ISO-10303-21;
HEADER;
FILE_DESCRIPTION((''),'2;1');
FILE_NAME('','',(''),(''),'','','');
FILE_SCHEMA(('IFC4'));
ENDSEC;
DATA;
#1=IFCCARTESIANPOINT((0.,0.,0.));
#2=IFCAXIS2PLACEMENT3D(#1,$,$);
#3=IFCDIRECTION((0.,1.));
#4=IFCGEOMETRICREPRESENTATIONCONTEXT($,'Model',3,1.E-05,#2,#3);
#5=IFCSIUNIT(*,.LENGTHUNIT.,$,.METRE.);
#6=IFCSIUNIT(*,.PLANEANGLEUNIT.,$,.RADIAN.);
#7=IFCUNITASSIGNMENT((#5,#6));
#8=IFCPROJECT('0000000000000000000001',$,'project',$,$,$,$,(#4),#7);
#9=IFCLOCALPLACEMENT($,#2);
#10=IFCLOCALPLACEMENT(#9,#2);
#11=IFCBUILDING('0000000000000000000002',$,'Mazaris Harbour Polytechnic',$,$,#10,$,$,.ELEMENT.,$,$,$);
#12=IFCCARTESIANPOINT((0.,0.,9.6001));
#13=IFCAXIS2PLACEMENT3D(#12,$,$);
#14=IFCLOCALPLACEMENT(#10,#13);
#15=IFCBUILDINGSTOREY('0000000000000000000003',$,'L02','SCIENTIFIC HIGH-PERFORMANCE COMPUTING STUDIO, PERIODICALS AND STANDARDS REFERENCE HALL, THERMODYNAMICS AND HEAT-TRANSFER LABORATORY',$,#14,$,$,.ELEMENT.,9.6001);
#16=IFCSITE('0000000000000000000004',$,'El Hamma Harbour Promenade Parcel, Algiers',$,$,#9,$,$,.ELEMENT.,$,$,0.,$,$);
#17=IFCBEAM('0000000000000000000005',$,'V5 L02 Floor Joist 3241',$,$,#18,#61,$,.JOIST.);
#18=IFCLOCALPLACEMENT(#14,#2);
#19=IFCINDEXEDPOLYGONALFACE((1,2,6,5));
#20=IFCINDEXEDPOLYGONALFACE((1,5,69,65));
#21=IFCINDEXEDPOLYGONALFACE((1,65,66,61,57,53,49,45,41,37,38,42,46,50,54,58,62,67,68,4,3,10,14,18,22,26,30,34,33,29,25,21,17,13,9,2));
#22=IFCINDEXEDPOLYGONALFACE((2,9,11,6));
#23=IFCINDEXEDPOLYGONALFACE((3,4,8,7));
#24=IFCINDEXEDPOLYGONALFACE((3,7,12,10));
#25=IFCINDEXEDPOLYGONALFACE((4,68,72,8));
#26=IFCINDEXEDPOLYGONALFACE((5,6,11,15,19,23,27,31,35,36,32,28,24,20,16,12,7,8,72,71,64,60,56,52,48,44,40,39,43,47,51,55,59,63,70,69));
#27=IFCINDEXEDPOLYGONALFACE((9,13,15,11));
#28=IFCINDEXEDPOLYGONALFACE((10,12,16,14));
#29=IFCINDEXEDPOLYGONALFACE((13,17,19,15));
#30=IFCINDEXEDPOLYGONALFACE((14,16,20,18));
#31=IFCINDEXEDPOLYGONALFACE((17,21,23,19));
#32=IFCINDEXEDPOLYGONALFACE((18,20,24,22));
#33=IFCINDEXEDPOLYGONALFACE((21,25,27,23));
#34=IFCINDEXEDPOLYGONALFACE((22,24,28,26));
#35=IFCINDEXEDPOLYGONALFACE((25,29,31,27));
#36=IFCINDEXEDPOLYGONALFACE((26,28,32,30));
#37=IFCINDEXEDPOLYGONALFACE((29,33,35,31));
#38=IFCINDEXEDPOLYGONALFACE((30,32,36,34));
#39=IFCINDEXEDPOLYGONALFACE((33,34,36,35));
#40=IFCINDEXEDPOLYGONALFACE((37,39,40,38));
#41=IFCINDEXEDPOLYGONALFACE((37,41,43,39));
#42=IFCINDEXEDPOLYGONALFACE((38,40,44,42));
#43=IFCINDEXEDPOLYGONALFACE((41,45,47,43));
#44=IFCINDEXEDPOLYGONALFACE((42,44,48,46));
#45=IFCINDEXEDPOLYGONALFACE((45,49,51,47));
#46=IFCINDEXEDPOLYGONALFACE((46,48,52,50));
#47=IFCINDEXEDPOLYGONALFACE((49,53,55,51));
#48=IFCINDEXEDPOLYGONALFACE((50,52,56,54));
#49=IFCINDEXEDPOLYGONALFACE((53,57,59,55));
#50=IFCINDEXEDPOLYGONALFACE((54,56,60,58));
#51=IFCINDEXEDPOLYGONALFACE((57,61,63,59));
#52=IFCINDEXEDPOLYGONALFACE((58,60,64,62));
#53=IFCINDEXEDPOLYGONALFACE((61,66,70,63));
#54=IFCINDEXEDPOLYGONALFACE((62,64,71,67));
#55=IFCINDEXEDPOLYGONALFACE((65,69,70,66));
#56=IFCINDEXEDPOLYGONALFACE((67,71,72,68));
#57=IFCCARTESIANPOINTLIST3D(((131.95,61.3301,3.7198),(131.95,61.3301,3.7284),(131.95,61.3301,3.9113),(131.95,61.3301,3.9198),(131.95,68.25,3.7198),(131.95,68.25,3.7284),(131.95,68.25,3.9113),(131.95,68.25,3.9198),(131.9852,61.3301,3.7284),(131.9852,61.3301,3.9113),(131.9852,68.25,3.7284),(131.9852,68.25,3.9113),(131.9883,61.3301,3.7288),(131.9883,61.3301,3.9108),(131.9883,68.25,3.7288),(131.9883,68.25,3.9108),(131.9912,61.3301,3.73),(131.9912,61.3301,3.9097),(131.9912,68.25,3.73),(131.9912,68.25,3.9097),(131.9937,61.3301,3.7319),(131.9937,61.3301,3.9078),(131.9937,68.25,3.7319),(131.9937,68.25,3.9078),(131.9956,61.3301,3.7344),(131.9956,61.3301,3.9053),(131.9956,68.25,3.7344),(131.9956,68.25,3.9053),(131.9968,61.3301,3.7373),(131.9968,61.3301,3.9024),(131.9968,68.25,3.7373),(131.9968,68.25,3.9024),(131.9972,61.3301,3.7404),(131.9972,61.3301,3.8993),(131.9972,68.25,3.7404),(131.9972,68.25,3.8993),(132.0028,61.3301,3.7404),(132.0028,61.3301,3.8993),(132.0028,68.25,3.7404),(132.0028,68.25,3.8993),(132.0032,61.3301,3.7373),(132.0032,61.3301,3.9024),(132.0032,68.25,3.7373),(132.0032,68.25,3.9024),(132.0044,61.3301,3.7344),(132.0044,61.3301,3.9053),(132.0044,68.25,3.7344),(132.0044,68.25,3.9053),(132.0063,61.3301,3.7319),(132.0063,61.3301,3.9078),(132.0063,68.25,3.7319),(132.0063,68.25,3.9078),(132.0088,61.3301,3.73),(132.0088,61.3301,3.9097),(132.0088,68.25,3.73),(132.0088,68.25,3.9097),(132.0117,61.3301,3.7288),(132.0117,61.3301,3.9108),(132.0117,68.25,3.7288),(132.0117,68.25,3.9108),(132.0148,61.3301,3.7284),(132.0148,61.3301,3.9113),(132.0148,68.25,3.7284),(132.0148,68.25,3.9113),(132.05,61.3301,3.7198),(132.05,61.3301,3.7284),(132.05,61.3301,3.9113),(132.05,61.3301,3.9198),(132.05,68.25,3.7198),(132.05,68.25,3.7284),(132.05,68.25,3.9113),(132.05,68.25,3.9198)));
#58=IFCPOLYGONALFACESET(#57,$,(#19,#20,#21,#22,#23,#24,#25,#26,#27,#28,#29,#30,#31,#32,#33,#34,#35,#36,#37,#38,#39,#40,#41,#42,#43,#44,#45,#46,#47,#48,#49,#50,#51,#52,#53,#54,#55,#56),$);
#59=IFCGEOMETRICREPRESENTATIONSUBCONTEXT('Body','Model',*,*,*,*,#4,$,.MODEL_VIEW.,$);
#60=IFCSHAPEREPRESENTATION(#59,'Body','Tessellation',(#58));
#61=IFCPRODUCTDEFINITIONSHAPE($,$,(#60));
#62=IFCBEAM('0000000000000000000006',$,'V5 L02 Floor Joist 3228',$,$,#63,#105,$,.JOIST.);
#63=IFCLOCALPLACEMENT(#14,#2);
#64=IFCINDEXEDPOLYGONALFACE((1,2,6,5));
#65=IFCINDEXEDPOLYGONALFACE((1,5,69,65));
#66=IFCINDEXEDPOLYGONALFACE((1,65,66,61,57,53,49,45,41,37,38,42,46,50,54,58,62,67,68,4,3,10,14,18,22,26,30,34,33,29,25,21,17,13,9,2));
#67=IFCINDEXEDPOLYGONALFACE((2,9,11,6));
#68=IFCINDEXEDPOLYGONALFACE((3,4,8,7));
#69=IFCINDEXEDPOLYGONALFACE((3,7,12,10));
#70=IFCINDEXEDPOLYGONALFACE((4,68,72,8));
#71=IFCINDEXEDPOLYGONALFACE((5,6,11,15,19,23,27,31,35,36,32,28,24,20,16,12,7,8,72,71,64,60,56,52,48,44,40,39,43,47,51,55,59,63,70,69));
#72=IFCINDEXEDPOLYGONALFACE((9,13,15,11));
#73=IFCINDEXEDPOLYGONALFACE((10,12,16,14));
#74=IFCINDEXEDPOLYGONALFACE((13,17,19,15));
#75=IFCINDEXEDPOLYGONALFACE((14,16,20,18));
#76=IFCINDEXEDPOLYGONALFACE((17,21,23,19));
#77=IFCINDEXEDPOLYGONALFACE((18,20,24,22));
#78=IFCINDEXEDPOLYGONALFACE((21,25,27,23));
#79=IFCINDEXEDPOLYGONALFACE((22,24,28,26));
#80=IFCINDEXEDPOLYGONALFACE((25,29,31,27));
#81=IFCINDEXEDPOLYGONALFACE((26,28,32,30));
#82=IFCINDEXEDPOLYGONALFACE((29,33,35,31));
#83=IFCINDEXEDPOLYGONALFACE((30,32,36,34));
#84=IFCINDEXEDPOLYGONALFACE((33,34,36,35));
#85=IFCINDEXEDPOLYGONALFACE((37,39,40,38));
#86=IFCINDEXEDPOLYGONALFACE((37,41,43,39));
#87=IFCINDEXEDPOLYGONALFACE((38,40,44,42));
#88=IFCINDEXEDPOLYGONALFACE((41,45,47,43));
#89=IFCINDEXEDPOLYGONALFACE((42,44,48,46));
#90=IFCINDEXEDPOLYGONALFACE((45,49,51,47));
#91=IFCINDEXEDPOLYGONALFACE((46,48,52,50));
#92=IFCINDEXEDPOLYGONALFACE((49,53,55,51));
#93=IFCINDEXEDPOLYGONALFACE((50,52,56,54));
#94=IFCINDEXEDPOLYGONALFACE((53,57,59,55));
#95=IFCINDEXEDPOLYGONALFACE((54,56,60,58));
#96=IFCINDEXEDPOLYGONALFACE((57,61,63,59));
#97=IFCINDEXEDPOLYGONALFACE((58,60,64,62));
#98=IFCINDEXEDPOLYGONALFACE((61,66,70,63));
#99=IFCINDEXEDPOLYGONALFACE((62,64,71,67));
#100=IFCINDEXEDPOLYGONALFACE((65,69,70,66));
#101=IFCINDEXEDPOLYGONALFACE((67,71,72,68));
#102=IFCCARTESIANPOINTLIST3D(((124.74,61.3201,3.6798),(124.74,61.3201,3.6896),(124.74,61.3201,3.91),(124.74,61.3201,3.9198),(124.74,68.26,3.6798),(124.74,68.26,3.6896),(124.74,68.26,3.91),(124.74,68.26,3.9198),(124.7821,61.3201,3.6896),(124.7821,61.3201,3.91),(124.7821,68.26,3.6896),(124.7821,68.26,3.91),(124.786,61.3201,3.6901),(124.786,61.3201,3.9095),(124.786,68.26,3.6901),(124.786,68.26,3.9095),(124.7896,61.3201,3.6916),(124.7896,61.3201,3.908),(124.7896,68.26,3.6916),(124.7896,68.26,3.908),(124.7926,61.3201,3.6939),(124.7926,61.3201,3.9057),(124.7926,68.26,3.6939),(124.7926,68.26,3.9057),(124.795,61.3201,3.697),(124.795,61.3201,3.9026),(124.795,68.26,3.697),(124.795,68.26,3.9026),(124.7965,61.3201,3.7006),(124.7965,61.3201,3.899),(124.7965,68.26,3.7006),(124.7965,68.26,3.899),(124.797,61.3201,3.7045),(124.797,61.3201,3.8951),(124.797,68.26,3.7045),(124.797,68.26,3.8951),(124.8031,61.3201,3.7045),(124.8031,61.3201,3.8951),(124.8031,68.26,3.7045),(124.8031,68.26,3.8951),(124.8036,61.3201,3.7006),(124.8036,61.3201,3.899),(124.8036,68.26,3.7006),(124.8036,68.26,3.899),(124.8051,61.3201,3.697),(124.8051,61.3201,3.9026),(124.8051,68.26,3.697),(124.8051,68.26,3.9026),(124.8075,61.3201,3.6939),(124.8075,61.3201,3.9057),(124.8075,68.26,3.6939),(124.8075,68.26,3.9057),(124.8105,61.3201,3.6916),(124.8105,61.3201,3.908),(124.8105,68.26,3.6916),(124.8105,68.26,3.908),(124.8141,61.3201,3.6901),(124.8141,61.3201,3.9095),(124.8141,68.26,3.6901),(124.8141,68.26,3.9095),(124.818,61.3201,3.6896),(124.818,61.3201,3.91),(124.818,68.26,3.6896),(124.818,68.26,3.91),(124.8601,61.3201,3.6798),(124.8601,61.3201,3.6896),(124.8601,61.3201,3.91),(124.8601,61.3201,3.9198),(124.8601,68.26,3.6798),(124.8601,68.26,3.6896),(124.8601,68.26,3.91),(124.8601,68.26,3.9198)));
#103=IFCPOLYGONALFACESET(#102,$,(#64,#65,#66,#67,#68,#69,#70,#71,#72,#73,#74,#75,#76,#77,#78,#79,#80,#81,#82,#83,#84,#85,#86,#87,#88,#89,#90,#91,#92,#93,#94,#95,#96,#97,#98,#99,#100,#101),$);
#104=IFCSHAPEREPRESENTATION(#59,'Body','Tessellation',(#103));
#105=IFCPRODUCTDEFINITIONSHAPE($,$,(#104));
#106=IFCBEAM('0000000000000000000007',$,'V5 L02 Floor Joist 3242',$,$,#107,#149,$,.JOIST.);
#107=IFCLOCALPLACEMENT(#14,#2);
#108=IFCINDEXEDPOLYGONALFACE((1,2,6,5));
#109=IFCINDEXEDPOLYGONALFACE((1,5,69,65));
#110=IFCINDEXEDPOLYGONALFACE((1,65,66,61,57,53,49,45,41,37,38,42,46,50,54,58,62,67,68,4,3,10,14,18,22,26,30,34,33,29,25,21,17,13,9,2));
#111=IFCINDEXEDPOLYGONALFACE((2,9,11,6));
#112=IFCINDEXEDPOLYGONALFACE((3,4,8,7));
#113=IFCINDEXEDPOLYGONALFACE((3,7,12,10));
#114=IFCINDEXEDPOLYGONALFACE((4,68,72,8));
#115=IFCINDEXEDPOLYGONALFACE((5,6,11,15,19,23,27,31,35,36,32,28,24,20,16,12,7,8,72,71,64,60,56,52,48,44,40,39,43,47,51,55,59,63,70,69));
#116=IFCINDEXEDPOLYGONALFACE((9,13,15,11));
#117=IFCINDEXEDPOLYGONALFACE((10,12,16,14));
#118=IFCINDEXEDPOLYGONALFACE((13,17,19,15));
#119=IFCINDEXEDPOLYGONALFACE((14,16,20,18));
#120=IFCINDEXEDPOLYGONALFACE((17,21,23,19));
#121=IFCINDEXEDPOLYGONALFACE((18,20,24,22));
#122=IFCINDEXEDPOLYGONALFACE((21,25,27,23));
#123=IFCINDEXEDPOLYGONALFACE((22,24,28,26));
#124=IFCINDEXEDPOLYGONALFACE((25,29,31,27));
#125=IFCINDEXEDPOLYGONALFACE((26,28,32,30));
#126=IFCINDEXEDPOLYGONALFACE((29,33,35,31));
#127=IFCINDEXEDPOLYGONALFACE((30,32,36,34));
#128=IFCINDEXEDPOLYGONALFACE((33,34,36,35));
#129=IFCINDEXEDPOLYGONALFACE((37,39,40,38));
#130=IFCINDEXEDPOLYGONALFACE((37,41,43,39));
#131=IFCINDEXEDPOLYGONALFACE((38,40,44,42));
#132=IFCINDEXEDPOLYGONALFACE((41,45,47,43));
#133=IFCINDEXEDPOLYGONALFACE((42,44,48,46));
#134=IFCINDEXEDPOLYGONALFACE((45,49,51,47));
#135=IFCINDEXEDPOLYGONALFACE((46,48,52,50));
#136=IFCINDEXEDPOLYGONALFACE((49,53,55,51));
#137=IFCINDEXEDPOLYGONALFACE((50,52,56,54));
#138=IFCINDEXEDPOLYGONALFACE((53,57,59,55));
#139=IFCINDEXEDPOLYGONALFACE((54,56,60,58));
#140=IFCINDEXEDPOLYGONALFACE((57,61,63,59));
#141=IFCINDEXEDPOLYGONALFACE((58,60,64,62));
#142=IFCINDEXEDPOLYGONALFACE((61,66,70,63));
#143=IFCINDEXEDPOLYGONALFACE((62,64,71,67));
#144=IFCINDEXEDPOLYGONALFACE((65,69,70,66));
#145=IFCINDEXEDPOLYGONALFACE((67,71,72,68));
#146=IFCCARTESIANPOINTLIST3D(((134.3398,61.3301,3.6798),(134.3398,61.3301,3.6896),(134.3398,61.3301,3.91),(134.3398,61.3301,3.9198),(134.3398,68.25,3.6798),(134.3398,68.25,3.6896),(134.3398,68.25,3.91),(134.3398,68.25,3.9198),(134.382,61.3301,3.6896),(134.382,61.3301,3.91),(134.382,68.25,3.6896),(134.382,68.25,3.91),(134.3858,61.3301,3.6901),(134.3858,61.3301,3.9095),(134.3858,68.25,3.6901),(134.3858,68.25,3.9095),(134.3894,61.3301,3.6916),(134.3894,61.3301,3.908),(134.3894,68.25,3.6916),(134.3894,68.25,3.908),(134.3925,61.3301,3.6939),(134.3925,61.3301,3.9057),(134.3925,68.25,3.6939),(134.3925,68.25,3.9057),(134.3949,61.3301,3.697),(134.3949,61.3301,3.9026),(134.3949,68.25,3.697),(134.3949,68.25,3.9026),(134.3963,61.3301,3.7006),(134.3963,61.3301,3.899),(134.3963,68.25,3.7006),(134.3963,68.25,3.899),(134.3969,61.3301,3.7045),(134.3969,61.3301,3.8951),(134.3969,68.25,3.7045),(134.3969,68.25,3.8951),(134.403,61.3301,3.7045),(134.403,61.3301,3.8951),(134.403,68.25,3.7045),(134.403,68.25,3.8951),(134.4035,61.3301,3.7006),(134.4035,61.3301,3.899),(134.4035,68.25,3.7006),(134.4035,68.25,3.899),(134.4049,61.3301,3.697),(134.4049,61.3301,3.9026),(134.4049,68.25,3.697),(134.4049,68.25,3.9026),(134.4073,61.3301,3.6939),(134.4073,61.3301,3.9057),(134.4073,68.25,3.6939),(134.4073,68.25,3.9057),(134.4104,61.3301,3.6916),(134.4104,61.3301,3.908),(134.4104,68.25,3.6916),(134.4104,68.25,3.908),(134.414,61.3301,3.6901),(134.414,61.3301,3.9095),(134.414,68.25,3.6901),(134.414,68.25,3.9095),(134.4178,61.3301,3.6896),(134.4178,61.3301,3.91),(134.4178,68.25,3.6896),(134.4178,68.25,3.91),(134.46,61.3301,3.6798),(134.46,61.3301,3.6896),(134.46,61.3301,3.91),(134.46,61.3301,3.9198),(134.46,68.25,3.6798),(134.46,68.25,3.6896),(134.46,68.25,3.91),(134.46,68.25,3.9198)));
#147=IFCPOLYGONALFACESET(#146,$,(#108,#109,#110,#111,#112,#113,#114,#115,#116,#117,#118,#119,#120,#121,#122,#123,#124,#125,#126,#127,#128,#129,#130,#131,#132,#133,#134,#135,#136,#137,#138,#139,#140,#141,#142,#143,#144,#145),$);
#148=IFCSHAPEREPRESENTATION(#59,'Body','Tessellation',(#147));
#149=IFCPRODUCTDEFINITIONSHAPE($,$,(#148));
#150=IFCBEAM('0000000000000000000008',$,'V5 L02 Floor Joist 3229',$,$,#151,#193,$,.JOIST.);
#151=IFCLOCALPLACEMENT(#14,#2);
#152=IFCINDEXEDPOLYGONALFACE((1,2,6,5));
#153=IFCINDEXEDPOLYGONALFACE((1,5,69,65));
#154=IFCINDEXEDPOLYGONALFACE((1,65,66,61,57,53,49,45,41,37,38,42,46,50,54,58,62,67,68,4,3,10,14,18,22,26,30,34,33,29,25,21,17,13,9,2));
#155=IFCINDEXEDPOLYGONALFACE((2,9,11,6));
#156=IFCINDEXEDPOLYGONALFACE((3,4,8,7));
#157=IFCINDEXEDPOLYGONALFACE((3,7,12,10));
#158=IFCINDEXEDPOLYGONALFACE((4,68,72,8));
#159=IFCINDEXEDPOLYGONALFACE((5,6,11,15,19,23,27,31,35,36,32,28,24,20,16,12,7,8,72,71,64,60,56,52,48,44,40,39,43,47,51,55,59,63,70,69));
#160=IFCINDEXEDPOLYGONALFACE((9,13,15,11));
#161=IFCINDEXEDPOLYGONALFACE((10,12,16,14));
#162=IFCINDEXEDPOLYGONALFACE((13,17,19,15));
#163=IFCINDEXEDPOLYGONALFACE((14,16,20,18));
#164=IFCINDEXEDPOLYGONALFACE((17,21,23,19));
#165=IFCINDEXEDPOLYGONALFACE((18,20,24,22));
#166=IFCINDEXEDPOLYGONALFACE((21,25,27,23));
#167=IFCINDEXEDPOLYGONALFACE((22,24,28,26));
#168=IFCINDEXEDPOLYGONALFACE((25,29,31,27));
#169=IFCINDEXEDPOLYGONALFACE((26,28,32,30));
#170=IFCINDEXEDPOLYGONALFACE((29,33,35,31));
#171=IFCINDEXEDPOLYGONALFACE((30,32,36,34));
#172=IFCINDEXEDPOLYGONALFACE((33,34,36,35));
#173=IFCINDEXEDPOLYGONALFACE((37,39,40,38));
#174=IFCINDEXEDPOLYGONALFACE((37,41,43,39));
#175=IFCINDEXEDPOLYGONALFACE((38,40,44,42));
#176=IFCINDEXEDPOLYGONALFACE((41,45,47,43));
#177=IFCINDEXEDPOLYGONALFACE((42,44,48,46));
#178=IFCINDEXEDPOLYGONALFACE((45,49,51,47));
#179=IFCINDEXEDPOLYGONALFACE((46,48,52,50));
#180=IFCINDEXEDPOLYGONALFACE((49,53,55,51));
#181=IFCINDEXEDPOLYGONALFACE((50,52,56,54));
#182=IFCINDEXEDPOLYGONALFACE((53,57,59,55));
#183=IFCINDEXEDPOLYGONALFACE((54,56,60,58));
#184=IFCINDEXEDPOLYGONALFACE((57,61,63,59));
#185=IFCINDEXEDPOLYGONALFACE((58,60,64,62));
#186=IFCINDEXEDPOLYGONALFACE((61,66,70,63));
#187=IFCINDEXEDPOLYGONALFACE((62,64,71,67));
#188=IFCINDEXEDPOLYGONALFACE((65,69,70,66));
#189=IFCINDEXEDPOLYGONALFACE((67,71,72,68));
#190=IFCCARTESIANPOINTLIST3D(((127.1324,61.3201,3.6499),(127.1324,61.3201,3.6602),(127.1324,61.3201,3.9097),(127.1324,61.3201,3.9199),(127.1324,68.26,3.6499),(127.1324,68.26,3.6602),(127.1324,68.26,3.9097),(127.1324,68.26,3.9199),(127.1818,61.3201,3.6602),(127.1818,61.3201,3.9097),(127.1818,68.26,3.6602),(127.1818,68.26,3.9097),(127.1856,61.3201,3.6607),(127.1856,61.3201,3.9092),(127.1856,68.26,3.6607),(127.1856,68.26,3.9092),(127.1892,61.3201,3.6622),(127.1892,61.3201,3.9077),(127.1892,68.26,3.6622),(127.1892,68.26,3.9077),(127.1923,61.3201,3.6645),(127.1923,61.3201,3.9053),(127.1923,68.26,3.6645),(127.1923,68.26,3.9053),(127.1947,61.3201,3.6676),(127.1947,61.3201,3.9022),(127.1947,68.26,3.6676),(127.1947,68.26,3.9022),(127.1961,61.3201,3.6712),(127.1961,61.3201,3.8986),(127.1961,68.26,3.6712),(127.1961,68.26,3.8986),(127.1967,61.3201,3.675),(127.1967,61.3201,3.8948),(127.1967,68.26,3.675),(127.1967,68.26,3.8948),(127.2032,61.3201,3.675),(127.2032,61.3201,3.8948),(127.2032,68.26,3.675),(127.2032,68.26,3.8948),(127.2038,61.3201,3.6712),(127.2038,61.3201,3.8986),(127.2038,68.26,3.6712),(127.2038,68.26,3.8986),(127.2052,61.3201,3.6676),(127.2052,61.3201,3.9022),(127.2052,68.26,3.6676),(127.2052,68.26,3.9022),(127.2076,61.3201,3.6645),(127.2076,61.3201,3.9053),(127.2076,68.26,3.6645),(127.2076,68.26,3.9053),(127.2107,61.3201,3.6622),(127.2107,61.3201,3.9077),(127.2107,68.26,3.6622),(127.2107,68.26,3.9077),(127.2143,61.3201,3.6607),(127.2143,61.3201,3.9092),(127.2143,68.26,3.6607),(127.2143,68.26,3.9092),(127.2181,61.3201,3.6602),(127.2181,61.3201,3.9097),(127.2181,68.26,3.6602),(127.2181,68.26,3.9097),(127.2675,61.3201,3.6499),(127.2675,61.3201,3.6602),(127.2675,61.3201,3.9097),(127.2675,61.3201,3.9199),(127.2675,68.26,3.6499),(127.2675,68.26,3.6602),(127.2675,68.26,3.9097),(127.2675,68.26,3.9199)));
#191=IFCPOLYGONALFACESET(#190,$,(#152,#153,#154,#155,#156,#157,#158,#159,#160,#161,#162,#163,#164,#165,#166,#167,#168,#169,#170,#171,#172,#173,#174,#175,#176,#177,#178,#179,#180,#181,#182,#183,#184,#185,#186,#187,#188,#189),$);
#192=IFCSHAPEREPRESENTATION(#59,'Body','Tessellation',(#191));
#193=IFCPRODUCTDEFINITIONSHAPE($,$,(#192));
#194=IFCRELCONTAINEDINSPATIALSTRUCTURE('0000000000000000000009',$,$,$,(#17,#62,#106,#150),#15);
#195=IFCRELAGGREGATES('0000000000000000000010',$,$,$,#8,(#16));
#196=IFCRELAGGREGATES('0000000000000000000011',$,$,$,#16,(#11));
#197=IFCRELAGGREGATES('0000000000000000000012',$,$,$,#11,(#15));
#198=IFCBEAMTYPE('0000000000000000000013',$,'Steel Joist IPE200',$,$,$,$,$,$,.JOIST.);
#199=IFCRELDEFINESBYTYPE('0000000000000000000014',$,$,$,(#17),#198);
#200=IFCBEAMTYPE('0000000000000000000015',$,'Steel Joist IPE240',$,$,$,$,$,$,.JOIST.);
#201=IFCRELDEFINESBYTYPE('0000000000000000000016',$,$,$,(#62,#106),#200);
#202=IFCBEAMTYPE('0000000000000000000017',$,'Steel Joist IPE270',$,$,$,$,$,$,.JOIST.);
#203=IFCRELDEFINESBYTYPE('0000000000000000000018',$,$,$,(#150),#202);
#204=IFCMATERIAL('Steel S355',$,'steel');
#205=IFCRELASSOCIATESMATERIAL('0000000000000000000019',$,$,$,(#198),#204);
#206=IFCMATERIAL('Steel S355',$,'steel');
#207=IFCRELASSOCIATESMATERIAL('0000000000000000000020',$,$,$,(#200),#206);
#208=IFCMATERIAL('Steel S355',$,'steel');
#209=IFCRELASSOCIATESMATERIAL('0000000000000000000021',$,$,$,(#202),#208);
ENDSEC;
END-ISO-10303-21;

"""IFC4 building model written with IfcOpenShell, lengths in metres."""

from ifc_helpers import new_model, si_unit, direction, frame, origin, origin_2d, place, context, subcontext, project, spatial, i_section, extrude, material, material_profile, profile_set, type_object, element, save


model = new_model("IFC4")

# Units and contexts
model_context = context("Model", 3, precision=1e-05, world=origin(), true_north=direction((0.0, 1.0)))
body_context = subcontext(model_context, "Body", "Model", "MODEL_VIEW")
ifc_project = project(units=[si_unit("LENGTHUNIT", "METRE"), si_unit("PLANEANGLEUNIT", "RADIAN")], contexts=[model_context])

# Site, building, storey
site_placement = place(None, origin())
site = spatial("IfcSite", under=ifc_project, at=site_placement, Name="El Hamma Harbour Promenade Parcel, Algiers", CompositionType="ELEMENT", RefElevation=0.0)
building_placement = place(site_placement, origin())
building = spatial("IfcBuilding", under=site, at=building_placement, Name="Mazaris Harbour Polytechnic", CompositionType="ELEMENT")
storey_placement = place(building_placement, frame((0.0, 0.0, 9.6001)))
storey = spatial("IfcBuildingStorey", under=building, at=storey_placement, Name="L02", Description="SCIENTIFIC HIGH-PERFORMANCE COMPUTING STUDIO, PERIODICALS AND STANDARDS REFERENCE HALL, THERMODYNAMICS AND HEAT-TRANSFER LABORATORY", CompositionType="ELEMENT", Elevation=9.6001)

# Beams
ifc_material_1 = material(Name="Steel S355", Category="steel")
ifc_material_profile_1 = material_profile(ifc_material_1, i_section(OverallWidth=0.1001, OverallDepth=0.2, WebThickness=0.0056, FlangeThickness=0.0085, FilletRadius=0.012, at=origin_2d()), Name="IPE 200")
ifc_profile_set_1 = profile_set([ifc_material_profile_1], Name="Steel S355")
beam_type_1 = type_object("IfcBeamType", Name="Steel Joist IPE200", PredefinedType="JOIST", material=ifc_profile_set_1)
beam_1_placement = place(storey_placement, frame((132.0, 61.3301, 3.8198), z_axis=(0.0, 1.0, 0.0), x_axis=(-1.0, 0.0, 0.0)))
element("IfcBeam", 1, at=beam_1_placement, inside=storey, type_object=beam_type_1, Name="V5 L02 Floor Joist 3241", PredefinedType="JOIST", context=body_context, shape_type="SweptSolid", body=[
    extrude(i_section(OverallWidth=0.1001, OverallDepth=0.2, WebThickness=0.0056, FlangeThickness=0.0085, FilletRadius=0.012, at=origin_2d()), origin(), (0.0, 0.0, 1.0), 6.9199),
])
ifc_material_2 = material(Name="Steel S355", Category="steel")
ifc_material_profile_2 = material_profile(ifc_material_2, i_section(OverallWidth=0.1201, OverallDepth=0.24, WebThickness=0.0061, FlangeThickness=0.0098, FilletRadius=0.0149, at=origin_2d()), Name="IPE 240")
ifc_profile_set_2 = profile_set([ifc_material_profile_2], Name="Steel S355")
beam_type_2 = type_object("IfcBeamType", Name="Steel Joist IPE240", PredefinedType="JOIST", material=ifc_profile_set_2)
beam_2_placement = place(storey_placement, frame((124.8, 61.3201, 3.7998), z_axis=(0.0, 1.0, 0.0), x_axis=(-1.0, 0.0, 0.0)))
element("IfcBeam", 2, at=beam_2_placement, inside=storey, type_object=beam_type_2, Name="V5 L02 Floor Joist 3228", PredefinedType="JOIST", context=body_context, shape_type="SweptSolid", body=[
    extrude(i_section(OverallWidth=0.1201, OverallDepth=0.24, WebThickness=0.0061, FlangeThickness=0.0098, FilletRadius=0.0149, at=origin_2d()), origin(), (0.0, 0.0, 1.0), 6.9399),
])
beam_3_placement = place(storey_placement, frame((134.3999, 61.3301, 3.7998), z_axis=(0.0, 1.0, 0.0), x_axis=(-1.0, 0.0, 0.0)))
element("IfcBeam", 3, at=beam_3_placement, inside=storey, type_object=beam_type_2, Name="V5 L02 Floor Joist 3242", PredefinedType="JOIST", context=body_context, shape_type="SweptSolid", body=[
    extrude(i_section(OverallWidth=0.1201, OverallDepth=0.24, WebThickness=0.0061, FlangeThickness=0.0098, FilletRadius=0.0149, at=origin_2d()), origin(), (0.0, 0.0, 1.0), 6.9199),
])
ifc_material_3 = material(Name="Steel S355", Category="steel")
ifc_material_profile_3 = material_profile(ifc_material_3, i_section(OverallWidth=0.135, OverallDepth=0.27, WebThickness=0.0066, FlangeThickness=0.0103, FilletRadius=0.0149, at=origin_2d()), Name="IPE 270")
ifc_profile_set_3 = profile_set([ifc_material_profile_3], Name="Steel S355")
beam_type_3 = type_object("IfcBeamType", Name="Steel Joist IPE270", PredefinedType="JOIST", material=ifc_profile_set_3)
beam_4_placement = place(storey_placement, frame((127.2, 61.3201, 3.7849), z_axis=(0.0, 1.0, 0.0), x_axis=(-1.0, 0.0, 0.0)))
element("IfcBeam", 4, at=beam_4_placement, inside=storey, type_object=beam_type_3, Name="V5 L02 Floor Joist 3229", PredefinedType="JOIST", context=body_context, shape_type="SweptSolid", body=[
    extrude(i_section(OverallWidth=0.135, OverallDepth=0.27, WebThickness=0.0066, FlangeThickness=0.0103, FilletRadius=0.0149, at=origin_2d()), origin(), (0.0, 0.0, 1.0), 6.9399),
])

save(model, "model.ifc")
